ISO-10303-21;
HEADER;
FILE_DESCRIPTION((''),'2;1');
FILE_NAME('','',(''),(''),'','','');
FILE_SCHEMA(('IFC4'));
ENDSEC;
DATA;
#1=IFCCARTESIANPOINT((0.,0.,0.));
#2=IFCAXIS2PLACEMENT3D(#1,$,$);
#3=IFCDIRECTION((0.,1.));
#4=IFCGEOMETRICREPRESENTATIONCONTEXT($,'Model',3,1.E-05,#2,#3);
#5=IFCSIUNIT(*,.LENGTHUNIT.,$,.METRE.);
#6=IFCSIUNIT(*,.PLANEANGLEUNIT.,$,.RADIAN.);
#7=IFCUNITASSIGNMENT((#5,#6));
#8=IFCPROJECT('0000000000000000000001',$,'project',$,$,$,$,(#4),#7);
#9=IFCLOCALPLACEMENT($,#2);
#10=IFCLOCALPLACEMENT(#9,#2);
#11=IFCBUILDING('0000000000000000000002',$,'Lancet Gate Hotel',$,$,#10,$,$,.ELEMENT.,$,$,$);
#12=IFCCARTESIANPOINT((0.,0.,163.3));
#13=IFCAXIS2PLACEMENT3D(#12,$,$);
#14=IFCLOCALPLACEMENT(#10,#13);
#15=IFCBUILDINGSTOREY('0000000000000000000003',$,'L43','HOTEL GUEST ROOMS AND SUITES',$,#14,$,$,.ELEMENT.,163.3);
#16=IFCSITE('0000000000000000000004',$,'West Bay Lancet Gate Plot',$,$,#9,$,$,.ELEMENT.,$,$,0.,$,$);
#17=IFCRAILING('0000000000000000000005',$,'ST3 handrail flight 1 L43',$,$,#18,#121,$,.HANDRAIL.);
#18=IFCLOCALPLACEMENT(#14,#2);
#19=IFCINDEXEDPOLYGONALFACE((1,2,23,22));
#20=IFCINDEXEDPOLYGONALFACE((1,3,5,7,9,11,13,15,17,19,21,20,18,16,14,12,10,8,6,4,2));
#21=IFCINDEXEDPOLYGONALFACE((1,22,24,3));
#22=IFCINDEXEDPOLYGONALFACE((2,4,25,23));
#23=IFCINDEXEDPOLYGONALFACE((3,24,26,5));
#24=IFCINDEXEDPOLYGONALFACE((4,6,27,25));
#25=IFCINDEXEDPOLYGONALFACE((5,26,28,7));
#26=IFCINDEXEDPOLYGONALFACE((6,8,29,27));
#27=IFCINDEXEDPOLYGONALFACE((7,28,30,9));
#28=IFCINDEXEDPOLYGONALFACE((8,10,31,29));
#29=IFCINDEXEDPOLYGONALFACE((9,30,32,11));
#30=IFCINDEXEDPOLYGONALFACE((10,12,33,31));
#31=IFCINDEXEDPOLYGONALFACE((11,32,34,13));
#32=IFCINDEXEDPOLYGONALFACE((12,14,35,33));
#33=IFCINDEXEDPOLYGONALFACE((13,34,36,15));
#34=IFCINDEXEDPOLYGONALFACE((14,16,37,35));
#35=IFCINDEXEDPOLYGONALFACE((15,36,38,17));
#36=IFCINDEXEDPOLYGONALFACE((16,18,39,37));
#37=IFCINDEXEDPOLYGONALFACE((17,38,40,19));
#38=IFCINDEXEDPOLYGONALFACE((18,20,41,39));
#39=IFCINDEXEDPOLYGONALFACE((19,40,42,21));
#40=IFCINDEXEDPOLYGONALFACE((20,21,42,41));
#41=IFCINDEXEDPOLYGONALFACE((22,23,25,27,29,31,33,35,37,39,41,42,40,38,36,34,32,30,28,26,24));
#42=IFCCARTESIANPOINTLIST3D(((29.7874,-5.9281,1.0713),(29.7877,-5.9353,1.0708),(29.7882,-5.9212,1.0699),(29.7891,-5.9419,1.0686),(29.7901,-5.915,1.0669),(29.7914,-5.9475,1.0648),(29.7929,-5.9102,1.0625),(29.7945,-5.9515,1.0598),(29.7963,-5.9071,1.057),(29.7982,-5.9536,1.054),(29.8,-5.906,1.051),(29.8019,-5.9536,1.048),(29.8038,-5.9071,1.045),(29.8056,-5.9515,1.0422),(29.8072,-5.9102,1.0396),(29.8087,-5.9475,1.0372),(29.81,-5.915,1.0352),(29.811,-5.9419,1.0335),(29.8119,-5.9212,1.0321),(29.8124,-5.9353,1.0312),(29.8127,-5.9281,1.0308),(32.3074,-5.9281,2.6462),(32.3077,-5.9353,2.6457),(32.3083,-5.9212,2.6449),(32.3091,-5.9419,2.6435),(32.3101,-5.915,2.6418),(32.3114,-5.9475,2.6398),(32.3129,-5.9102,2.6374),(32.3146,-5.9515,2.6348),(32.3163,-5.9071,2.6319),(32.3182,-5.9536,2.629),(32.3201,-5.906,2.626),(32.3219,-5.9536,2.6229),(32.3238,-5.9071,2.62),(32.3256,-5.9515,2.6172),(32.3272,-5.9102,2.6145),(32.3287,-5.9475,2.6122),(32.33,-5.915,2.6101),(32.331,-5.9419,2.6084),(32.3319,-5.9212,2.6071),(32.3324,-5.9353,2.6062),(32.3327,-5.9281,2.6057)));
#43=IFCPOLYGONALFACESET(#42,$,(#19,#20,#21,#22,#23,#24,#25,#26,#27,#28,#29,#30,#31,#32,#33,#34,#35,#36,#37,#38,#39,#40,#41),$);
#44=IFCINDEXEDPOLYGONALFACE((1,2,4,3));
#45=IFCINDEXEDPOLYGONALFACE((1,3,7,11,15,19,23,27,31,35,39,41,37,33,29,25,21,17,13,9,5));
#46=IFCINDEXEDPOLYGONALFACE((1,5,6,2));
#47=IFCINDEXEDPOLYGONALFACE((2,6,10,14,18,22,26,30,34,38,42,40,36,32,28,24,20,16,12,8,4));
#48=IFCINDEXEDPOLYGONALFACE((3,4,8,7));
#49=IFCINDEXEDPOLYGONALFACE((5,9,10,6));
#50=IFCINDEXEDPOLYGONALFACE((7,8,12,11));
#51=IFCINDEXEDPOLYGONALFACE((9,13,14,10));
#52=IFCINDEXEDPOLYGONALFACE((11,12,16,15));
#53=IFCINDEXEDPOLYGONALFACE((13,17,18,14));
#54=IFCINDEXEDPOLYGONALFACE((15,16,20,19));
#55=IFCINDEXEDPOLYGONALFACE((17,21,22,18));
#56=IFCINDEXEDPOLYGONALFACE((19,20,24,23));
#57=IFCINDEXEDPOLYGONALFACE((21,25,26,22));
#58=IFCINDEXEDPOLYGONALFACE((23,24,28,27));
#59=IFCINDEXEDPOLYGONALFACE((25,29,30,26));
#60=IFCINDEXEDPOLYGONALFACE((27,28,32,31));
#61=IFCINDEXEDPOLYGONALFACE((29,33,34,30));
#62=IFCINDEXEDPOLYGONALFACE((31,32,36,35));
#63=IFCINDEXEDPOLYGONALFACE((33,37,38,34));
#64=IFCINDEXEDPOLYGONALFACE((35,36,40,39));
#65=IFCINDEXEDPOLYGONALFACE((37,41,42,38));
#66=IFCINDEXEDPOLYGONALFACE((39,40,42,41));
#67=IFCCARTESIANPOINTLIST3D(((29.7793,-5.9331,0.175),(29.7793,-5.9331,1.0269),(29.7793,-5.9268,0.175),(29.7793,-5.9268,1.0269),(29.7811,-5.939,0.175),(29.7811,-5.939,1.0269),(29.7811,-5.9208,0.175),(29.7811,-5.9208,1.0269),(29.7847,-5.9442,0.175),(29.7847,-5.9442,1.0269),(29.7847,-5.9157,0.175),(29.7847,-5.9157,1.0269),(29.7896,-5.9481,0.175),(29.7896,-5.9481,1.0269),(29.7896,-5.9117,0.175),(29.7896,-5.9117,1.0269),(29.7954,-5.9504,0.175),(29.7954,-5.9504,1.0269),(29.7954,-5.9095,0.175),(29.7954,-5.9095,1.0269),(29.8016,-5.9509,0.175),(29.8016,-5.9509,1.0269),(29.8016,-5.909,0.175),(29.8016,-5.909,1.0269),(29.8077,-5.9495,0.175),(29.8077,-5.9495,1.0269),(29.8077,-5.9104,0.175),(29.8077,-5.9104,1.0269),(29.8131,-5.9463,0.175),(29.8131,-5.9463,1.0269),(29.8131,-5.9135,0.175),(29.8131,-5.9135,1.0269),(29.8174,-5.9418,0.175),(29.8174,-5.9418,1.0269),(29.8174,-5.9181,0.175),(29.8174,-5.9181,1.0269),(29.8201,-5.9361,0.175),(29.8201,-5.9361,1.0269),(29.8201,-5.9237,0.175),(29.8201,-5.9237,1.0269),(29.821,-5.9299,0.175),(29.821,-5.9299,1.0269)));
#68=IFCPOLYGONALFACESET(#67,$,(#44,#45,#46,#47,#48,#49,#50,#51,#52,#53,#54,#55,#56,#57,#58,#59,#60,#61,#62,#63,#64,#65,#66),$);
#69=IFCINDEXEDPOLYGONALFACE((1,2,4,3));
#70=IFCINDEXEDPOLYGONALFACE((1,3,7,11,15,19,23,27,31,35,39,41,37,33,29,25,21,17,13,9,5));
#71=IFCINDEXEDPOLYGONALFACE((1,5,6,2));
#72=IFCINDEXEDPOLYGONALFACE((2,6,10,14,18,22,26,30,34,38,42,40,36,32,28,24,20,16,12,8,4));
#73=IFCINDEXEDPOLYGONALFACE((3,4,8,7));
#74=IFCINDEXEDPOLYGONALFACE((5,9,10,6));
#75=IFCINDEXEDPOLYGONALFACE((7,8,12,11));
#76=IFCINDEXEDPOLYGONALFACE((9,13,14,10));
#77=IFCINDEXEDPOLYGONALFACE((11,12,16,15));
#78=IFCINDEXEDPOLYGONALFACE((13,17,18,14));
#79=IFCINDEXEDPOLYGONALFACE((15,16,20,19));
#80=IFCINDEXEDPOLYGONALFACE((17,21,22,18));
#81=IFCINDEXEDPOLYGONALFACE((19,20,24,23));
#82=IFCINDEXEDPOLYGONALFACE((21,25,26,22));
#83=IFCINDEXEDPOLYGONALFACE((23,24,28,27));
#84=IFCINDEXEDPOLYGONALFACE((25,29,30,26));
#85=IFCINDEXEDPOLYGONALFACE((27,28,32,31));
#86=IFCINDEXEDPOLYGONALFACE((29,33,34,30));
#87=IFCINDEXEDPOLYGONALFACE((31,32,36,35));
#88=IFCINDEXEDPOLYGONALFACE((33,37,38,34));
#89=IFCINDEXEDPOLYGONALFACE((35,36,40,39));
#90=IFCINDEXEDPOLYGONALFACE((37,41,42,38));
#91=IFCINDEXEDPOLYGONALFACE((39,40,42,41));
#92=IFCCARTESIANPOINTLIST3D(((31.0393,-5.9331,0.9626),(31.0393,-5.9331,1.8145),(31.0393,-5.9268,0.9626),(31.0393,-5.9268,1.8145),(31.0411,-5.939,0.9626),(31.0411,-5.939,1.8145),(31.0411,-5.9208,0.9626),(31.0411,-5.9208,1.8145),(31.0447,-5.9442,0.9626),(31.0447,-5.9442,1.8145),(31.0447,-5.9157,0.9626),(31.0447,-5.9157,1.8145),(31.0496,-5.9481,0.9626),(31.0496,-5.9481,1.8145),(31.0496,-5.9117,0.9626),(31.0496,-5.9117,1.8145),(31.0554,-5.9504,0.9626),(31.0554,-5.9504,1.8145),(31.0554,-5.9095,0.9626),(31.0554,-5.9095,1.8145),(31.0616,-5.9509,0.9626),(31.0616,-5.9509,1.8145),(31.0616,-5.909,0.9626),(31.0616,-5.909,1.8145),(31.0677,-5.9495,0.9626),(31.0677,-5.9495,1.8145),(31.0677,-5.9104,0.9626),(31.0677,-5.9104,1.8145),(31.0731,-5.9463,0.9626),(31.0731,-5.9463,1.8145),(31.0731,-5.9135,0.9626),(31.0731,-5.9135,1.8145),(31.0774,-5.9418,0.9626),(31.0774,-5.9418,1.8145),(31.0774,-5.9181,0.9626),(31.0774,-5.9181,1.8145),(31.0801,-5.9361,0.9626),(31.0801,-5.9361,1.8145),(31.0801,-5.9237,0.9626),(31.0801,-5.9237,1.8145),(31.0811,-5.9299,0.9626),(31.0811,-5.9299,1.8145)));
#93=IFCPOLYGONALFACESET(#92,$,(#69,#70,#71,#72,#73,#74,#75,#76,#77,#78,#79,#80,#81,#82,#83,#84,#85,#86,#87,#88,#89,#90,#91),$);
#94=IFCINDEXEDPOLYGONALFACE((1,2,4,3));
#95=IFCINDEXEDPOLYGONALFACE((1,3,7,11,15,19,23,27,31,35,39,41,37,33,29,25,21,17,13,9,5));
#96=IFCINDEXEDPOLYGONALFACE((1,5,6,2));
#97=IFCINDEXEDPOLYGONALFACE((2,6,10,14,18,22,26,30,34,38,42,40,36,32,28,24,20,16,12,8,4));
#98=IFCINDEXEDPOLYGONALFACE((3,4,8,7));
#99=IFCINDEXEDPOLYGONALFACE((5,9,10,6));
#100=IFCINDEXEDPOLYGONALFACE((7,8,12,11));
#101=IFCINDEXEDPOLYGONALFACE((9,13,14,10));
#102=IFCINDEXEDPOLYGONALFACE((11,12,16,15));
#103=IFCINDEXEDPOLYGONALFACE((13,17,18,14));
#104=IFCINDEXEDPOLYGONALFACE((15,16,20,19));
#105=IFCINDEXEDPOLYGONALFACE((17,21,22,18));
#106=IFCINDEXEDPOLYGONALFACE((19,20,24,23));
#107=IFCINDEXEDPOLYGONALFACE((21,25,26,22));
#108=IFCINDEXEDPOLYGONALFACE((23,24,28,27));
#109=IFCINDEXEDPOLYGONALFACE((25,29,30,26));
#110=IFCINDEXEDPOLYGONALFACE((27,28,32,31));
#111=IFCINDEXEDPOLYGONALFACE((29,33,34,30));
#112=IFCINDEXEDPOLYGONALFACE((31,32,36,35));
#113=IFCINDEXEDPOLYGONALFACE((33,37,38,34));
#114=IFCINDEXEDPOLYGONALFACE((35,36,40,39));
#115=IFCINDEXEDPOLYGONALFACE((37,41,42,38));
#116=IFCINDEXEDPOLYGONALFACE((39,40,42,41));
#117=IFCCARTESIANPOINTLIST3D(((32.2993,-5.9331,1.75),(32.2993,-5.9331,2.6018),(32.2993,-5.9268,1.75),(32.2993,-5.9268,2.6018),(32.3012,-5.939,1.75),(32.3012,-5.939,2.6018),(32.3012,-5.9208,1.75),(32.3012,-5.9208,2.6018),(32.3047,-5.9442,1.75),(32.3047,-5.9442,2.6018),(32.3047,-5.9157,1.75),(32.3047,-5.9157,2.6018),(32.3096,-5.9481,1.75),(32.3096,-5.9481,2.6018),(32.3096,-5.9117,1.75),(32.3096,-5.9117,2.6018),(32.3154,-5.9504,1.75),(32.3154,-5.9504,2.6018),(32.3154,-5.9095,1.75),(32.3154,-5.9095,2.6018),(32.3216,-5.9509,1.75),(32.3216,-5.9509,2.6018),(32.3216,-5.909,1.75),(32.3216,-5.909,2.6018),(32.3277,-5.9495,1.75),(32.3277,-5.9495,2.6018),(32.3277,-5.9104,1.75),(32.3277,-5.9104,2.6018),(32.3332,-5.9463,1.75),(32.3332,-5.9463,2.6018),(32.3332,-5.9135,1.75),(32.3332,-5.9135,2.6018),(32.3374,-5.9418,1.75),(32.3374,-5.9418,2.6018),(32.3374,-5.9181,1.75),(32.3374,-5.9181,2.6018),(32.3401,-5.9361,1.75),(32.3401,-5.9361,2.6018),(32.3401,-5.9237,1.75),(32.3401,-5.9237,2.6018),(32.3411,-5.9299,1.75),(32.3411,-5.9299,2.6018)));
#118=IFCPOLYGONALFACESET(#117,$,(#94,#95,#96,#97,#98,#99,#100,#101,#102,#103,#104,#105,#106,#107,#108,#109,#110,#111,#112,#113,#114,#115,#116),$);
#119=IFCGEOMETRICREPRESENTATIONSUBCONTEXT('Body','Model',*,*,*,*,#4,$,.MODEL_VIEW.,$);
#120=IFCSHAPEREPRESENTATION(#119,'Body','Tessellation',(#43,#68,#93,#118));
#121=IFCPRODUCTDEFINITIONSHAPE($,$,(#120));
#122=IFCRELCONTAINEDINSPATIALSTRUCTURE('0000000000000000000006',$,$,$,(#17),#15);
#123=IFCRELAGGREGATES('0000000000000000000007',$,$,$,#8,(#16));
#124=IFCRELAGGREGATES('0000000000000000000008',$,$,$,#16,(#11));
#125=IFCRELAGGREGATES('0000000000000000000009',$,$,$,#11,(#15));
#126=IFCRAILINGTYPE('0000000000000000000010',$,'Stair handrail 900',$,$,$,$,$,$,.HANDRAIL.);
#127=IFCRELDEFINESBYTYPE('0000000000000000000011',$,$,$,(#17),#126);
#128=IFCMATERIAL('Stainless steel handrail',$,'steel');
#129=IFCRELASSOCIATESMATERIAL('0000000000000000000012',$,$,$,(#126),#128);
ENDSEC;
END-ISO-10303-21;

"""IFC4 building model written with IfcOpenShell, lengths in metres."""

from ifc_helpers import new_model, si_unit, direction, frame, origin, origin_2d, place, context, subcontext, project, spatial, circle, extrude, material, type_object, element, save


model = new_model("IFC4")

# Units and contexts
model_context = context("Model", 3, precision=1e-05, world=origin(), true_north=direction((0.0, 1.0)))
body_context = subcontext(model_context, "Body", "Model", "MODEL_VIEW")
ifc_project = project(units=[si_unit("LENGTHUNIT", "METRE"), si_unit("PLANEANGLEUNIT", "RADIAN")], contexts=[model_context])

# Site, building, storey
site_placement = place(None, origin())
site = spatial("IfcSite", under=ifc_project, at=site_placement, Name="West Bay Lancet Gate Plot", CompositionType="ELEMENT", RefElevation=0.0)
building_placement = place(site_placement, origin())
building = spatial("IfcBuilding", under=site, at=building_placement, Name="Lancet Gate Hotel", CompositionType="ELEMENT")
storey_placement = place(building_placement, frame((0.0, 0.0, 163.3)))
storey = spatial("IfcBuildingStorey", under=building, at=storey_placement, Name="L43", Description="HOTEL GUEST ROOMS AND SUITES", CompositionType="ELEMENT", Elevation=163.3)

# Railing
ifc_material_1 = material(Name="Stainless steel handrail", Category="steel")
railing_type = type_object("IfcRailingType", Name="Stair handrail 900", PredefinedType="HANDRAIL", material=ifc_material_1)
railing_1_placement = place(storey_placement, frame((29.8, -5.9299, 0.175)))
element("IfcRailing", 1, at=railing_1_placement, inside=storey, type_object=railing_type, Name="ST3 handrail flight 1 L43", PredefinedType="HANDRAIL", context=body_context, shape_type="SweptSolid", body=[
    extrude(circle(Radius=0.0239, at=origin_2d()), frame((0.0, 0.0, 0.876), z_axis=(0.848008, 0.0, 0.529984), x_axis=(0.0, 1.0, 0.0)), (0.0, 0.0, 1.0), 2.9717),
    extrude(circle(Radius=0.021, at=origin_2d()), origin(), (0.0, 0.0, 1.0), 0.8518),
    extrude(circle(Radius=0.021, at=origin_2d()), frame((1.26, 0.0, 0.7876)), (0.0, 0.0, 1.0), 0.8518),
    extrude(circle(Radius=0.021, at=origin_2d()), frame((2.52, 0.0, 1.575)), (0.0, 0.0, 1.0), 0.8518),
])

save(model, "model.ifc")
